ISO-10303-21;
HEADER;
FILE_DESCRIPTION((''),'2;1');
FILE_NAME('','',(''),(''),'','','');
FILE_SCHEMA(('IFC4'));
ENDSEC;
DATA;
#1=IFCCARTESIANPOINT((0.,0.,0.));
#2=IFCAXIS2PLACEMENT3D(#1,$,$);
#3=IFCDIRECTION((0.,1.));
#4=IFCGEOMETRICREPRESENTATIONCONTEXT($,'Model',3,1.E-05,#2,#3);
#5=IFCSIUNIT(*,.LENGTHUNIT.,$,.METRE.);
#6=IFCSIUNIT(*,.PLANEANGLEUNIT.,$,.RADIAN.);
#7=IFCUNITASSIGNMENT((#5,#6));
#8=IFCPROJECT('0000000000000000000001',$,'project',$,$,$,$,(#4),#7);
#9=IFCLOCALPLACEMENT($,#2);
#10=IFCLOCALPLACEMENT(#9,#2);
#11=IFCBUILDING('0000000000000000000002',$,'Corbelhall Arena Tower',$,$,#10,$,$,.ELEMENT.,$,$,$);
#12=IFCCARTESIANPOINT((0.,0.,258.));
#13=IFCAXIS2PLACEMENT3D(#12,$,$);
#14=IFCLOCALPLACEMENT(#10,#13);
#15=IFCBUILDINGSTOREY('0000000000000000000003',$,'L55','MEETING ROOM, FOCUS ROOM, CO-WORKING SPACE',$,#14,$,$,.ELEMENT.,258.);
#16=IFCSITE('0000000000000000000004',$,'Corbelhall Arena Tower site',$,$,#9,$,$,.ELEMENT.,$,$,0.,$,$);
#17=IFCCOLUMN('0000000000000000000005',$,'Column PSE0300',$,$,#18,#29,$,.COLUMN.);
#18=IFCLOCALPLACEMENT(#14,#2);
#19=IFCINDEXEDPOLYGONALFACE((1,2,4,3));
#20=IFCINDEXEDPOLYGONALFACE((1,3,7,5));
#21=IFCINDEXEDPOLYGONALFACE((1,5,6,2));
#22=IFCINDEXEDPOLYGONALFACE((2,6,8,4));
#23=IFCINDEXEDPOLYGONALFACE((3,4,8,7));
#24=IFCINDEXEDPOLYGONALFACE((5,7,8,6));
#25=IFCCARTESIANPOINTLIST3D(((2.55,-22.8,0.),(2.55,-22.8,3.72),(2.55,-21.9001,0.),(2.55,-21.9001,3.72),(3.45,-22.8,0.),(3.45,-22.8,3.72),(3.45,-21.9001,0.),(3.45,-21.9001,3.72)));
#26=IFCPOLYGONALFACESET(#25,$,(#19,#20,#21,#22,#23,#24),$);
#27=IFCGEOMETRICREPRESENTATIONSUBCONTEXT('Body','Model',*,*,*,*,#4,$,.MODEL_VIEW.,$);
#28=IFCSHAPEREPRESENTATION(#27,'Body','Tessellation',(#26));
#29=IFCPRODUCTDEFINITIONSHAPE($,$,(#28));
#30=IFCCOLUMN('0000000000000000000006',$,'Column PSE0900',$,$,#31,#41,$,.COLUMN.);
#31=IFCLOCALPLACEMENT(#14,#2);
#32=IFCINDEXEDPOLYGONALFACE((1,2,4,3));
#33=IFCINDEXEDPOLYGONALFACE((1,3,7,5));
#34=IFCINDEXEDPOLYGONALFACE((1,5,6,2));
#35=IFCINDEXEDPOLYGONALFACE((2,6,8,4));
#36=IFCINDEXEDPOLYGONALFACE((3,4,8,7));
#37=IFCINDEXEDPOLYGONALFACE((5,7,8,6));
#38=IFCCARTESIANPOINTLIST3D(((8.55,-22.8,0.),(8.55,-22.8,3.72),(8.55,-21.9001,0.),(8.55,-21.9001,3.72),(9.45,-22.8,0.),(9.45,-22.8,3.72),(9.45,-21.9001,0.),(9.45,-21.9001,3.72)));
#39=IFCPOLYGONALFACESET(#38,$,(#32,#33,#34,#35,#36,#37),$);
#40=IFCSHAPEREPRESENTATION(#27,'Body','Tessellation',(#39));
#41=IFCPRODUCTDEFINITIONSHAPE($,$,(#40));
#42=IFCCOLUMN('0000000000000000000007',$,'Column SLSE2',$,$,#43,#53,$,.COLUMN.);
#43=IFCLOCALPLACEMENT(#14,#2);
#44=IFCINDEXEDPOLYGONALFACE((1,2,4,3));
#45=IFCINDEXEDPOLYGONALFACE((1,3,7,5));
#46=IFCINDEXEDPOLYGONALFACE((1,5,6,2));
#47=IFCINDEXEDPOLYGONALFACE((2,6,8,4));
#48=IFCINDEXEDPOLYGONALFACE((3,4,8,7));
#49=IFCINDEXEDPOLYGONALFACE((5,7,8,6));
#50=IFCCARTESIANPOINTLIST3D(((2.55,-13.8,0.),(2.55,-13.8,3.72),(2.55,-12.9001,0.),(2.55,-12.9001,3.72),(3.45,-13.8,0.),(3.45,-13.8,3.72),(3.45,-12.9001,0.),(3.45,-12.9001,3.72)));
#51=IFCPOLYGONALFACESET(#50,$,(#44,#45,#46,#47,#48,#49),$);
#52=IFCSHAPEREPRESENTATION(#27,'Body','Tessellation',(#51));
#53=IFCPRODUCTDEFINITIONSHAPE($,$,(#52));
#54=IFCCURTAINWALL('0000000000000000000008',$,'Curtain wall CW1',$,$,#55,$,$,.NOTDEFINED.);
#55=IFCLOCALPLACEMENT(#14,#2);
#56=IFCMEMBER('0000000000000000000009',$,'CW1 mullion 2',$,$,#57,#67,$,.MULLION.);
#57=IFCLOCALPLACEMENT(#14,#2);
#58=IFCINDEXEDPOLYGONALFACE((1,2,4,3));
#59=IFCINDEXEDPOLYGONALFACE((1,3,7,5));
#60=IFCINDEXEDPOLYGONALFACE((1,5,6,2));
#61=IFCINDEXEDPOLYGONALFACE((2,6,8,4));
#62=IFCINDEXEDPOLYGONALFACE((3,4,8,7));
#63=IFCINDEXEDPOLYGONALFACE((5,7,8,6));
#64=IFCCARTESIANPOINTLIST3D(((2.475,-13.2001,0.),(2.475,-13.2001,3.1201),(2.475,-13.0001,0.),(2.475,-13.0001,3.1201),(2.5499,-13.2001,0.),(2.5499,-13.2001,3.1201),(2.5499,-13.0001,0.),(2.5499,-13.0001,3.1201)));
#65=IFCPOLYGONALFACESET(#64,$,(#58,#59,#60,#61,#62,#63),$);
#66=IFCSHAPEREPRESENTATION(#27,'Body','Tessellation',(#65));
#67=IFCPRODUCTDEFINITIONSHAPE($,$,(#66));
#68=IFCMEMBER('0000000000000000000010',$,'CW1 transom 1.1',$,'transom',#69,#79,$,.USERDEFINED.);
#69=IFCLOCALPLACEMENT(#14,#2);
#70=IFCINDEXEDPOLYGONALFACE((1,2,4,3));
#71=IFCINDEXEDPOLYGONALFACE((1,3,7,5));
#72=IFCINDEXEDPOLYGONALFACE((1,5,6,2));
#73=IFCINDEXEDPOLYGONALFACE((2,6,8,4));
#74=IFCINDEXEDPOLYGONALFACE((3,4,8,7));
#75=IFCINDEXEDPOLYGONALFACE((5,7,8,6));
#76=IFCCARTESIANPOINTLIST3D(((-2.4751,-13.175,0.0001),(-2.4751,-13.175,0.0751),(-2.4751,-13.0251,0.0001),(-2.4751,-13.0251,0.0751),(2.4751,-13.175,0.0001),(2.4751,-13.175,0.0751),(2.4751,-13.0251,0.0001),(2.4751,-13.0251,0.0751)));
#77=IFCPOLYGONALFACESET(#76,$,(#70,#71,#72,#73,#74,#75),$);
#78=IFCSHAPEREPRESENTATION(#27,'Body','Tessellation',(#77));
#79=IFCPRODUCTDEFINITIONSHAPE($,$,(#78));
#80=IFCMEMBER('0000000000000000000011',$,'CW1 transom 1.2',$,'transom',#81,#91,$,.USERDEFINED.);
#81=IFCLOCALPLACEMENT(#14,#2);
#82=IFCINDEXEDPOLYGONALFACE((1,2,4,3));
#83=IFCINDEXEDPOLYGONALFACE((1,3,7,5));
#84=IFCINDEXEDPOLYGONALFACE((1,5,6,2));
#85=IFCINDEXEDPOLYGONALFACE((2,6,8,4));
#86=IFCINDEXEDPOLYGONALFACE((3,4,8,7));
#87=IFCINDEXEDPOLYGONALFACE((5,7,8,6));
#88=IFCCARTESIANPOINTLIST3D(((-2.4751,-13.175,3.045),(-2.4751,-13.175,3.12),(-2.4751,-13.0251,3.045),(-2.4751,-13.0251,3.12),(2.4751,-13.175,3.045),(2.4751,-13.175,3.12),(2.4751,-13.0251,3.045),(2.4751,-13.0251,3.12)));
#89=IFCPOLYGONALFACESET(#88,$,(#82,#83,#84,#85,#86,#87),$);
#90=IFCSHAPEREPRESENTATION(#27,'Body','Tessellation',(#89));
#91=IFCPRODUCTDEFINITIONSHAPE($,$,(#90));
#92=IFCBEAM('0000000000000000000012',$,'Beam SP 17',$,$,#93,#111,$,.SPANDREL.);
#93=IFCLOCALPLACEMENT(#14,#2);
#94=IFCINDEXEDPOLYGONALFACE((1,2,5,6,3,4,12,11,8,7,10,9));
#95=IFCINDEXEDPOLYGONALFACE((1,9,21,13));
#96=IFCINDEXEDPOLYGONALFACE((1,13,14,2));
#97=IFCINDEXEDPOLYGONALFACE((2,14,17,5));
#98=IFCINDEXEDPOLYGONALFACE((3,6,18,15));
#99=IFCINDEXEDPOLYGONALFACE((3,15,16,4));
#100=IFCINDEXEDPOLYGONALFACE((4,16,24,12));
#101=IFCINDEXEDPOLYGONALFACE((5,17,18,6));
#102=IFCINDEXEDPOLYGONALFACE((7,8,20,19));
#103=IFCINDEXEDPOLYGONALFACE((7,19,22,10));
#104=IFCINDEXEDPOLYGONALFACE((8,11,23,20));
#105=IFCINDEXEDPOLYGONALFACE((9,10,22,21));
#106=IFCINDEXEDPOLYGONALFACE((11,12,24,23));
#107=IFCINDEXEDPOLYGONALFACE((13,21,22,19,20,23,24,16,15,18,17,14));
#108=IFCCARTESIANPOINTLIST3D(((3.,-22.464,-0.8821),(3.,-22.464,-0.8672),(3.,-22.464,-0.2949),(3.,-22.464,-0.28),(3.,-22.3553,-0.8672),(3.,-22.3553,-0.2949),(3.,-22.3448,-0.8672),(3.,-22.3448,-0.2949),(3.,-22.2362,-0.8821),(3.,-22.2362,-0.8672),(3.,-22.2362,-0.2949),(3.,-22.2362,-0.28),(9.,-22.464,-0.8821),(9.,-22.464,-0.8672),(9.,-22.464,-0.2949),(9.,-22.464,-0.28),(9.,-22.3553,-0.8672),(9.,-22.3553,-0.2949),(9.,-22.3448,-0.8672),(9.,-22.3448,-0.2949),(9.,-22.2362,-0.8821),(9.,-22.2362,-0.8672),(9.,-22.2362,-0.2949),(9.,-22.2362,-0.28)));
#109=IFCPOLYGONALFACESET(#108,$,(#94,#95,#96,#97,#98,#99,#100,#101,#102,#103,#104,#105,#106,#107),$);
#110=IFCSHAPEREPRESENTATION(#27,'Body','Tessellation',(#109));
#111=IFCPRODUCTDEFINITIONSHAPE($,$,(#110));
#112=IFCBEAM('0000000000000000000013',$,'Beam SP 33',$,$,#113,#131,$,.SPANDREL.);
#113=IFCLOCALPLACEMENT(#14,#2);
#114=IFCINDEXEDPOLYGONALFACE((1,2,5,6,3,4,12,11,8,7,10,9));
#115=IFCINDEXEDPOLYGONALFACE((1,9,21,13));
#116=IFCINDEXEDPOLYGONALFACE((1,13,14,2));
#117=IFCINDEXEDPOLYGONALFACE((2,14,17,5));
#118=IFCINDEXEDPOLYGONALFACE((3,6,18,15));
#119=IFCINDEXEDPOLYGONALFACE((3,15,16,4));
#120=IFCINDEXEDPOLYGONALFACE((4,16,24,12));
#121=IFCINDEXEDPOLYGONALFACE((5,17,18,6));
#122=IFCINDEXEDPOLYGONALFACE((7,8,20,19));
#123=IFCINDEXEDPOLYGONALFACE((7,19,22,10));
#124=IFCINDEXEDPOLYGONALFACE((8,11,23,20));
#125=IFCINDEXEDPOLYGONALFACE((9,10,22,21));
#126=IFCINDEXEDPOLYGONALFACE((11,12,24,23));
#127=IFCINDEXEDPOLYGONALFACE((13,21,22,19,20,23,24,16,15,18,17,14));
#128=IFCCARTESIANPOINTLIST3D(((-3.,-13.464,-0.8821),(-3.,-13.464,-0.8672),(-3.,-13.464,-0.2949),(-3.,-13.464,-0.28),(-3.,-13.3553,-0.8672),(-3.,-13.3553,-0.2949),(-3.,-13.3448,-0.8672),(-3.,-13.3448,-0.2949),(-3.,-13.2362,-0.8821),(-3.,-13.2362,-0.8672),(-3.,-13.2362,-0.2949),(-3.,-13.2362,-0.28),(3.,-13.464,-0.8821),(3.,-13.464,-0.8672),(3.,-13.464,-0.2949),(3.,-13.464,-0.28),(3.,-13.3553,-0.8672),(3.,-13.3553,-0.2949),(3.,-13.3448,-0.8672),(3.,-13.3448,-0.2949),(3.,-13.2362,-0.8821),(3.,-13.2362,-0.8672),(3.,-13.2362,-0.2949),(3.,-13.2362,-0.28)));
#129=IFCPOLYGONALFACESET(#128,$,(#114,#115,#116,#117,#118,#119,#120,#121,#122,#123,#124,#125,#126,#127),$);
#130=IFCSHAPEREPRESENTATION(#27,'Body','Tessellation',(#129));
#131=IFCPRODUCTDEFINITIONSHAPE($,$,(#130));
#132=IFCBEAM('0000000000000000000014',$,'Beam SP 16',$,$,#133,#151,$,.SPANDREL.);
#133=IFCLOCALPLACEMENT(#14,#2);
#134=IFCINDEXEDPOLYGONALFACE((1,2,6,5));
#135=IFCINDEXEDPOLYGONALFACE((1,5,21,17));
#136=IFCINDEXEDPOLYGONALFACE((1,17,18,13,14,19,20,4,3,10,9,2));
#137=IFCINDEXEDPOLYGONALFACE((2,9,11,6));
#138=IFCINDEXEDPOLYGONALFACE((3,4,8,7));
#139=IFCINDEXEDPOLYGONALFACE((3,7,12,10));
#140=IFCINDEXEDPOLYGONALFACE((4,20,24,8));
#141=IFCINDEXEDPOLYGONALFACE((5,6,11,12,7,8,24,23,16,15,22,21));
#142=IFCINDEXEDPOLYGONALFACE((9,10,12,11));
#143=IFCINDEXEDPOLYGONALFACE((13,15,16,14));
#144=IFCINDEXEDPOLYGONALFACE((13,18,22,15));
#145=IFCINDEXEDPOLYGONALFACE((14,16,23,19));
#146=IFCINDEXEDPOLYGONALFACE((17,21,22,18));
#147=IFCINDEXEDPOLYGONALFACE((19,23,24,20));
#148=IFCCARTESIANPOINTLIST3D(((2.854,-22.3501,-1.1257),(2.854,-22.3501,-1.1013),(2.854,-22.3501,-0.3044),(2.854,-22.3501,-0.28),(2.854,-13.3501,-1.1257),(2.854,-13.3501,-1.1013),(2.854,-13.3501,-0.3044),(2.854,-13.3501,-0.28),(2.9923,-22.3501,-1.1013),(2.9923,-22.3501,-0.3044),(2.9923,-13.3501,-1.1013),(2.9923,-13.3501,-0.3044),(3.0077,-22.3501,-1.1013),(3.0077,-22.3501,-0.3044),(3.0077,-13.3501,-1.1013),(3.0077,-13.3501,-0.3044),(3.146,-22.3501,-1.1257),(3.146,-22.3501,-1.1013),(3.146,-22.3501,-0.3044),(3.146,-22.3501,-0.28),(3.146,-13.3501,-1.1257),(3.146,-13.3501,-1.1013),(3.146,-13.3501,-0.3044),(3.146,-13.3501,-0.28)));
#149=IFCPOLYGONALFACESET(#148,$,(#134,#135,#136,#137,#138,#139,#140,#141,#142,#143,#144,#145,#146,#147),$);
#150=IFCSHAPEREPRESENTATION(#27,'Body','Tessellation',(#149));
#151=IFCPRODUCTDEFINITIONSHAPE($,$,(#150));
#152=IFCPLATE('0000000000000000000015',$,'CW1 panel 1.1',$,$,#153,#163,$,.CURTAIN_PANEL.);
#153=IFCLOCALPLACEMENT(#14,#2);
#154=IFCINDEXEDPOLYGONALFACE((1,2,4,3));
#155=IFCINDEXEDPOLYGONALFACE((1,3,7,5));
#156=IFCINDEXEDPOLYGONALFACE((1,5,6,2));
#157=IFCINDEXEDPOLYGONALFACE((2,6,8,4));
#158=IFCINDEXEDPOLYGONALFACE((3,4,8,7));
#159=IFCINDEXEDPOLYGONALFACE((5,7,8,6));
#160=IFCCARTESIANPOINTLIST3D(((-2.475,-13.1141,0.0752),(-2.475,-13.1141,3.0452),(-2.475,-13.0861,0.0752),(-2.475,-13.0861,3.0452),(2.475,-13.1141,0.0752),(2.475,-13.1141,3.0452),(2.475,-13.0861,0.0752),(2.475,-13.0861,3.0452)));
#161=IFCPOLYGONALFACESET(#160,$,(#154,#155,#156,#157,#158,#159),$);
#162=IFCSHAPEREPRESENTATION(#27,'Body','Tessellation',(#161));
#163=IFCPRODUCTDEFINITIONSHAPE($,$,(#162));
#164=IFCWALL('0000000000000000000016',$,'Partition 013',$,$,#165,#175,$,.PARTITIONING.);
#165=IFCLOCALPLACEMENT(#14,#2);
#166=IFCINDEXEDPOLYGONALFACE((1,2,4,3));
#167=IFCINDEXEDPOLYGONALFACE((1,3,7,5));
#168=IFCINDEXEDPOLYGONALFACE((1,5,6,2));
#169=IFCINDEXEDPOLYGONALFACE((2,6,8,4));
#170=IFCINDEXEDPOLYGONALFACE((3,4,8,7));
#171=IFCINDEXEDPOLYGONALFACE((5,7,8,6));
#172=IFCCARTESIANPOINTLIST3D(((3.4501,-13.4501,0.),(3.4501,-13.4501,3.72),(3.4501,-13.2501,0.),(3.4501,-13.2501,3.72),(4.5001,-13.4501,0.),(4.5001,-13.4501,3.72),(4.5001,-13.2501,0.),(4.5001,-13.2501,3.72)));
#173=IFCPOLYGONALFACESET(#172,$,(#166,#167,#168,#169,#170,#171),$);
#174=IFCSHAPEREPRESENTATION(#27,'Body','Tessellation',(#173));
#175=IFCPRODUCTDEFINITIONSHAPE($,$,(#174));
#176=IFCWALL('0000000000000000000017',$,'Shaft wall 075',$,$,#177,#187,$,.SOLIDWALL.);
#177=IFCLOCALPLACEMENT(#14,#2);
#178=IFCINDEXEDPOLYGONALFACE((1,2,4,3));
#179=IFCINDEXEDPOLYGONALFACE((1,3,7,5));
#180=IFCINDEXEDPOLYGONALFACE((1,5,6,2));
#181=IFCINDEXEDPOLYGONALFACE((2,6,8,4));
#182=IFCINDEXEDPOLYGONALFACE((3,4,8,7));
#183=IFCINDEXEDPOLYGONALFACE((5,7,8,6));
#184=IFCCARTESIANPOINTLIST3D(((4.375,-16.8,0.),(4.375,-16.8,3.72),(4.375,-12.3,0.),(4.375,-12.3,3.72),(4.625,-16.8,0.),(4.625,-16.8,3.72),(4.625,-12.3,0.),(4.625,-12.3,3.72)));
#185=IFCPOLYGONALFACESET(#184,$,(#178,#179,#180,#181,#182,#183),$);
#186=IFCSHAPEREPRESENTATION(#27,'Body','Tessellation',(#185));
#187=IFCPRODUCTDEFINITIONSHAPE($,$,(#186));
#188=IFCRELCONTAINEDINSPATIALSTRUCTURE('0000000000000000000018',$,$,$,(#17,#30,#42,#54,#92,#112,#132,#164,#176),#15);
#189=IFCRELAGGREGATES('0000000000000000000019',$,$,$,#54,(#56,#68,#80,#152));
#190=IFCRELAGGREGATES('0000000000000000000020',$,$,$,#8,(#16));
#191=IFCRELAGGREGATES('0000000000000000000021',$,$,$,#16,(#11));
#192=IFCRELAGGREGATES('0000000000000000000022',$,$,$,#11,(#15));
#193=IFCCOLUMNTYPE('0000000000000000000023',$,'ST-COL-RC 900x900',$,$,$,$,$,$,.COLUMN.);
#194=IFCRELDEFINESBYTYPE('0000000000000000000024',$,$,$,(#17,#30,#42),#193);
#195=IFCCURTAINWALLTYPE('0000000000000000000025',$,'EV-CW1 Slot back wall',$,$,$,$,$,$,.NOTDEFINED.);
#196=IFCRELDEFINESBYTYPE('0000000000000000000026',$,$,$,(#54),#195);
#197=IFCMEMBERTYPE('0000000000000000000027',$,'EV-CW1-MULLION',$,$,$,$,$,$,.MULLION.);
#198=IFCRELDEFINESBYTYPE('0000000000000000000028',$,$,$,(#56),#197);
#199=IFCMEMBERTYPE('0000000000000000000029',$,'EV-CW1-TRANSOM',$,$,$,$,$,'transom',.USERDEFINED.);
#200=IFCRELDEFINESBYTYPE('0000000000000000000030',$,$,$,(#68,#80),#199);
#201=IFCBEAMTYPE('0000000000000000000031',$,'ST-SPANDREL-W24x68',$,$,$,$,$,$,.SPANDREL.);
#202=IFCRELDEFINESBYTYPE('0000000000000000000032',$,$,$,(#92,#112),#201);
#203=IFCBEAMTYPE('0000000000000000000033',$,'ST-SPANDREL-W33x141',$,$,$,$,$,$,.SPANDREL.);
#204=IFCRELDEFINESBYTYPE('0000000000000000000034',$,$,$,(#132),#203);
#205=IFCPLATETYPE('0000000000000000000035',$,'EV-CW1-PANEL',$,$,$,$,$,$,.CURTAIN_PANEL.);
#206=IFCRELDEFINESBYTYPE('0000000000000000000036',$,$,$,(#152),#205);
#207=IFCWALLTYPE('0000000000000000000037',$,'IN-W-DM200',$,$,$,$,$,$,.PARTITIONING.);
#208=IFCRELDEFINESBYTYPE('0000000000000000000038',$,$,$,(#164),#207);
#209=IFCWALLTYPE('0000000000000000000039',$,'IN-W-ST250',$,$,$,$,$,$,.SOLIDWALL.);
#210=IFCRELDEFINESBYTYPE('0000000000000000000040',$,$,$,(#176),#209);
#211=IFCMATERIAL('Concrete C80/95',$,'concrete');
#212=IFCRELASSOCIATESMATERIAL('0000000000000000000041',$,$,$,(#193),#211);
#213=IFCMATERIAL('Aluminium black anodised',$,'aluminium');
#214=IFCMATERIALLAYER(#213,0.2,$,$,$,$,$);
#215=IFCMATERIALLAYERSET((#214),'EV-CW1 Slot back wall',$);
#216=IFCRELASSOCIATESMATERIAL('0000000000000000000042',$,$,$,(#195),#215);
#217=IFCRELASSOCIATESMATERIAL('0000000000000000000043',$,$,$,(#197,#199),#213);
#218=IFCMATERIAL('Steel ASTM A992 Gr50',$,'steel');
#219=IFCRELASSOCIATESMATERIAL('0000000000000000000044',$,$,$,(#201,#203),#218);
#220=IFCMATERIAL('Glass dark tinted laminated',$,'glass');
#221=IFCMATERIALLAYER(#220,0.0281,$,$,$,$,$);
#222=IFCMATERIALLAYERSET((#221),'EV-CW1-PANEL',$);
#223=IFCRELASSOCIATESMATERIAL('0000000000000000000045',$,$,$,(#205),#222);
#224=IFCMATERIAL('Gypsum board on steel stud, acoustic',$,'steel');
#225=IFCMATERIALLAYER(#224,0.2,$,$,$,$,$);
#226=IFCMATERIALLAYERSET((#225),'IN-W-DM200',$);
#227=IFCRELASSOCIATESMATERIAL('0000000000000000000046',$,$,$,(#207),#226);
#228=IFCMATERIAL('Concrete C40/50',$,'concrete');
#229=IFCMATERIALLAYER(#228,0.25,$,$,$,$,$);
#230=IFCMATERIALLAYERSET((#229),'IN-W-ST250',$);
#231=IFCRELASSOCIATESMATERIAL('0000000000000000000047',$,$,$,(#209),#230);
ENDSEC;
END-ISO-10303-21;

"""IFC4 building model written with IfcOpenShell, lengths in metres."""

from ifc_helpers import new_model, si_unit, direction, frame, frame_2d, origin, origin_2d, place, context, subcontext, project, spatial, rectangle, i_section, extrude, material, layer, layer_set, material_profile, profile_set, type_object, element, aggregate, save


model = new_model("IFC4")

# Units and contexts
model_context = context("Model", 3, precision=1e-05, world=origin(), true_north=direction((0.0, 1.0)))
body_context = subcontext(model_context, "Body", "Model", "MODEL_VIEW")
ifc_project = project(units=[si_unit("LENGTHUNIT", "METRE"), si_unit("PLANEANGLEUNIT", "RADIAN")], contexts=[model_context])

# Site, building, storey
site_placement = place(None, origin())
site = spatial("IfcSite", under=ifc_project, at=site_placement, Name="Corbelhall Arena Tower site", CompositionType="ELEMENT", RefElevation=0.0)
building_placement = place(site_placement, origin())
building = spatial("IfcBuilding", under=site, at=building_placement, Name="Corbelhall Arena Tower", CompositionType="ELEMENT")
storey_placement = place(building_placement, frame((0.0, 0.0, 258.0)))
storey = spatial("IfcBuildingStorey", under=building, at=storey_placement, Name="L55", Description="MEETING ROOM, FOCUS ROOM, CO-WORKING SPACE", CompositionType="ELEMENT", Elevation=258.0)

# Columns
ifc_material_1 = material(Name="Concrete C80/95", Category="concrete")
ifc_material_profile_1 = material_profile(ifc_material_1, rectangle(XDim=0.8999, YDim=0.8999, at=origin_2d()))
ifc_profile_set_1 = profile_set([ifc_material_profile_1], Name="Concrete C80/95")
column_type = type_object("IfcColumnType", Name="ST-COL-RC 900x900", PredefinedType="COLUMN", material=ifc_profile_set_1)
for number, where, z_axis, x_axis, name in (
    (1, (3.0, -22.3501, 0.0), (0.0, 0.0, 1.0), (1.0, 0.0, 0.0), "Column PSE0300"),
    (2, (9.0, -22.3501, 0.0), (0.0, 0.0, 1.0), (1.0, 0.0, 0.0), "Column PSE0900"),
    (3, (3.0, -13.3501, 0.0), (0.0, 0.0, 1.0), (1.0, 0.0, 0.0), "Column SLSE2"),
):
    element("IfcColumn", number, at=place(storey_placement, frame(where, z_axis=z_axis, x_axis=x_axis)), inside=storey, type_object=column_type, Name=name, PredefinedType="COLUMN", context=body_context, shape_type="SweptSolid", body=[
        extrude(rectangle(XDim=0.8999, YDim=0.8999, at=origin_2d()), origin(), (0.0, 0.0, 1.0), 3.72),
    ])

# Curtain wall, members
ifc_material_2 = material(Name="Aluminium black anodised", Category="aluminium")
ifc_layer_1 = layer(ifc_material_2, 0.2)
ifc_layer_set_1 = layer_set([ifc_layer_1], Name="EV-CW1 Slot back wall")
curtain_wall_type = type_object("IfcCurtainWallType", Name="EV-CW1 Slot back wall", PredefinedType="NOTDEFINED", material=ifc_layer_set_1)
curtain_wall_placement = place(storey_placement, origin())
curtain_wall = element("IfcCurtainWall", 4, at=curtain_wall_placement, inside=storey, type_object=curtain_wall_type, Name="Curtain wall CW1", PredefinedType="NOTDEFINED")
ifc_material_profile_2 = material_profile(ifc_material_2, rectangle(XDim=0.2, YDim=0.075, at=origin_2d()))
ifc_profile_set_2 = profile_set([ifc_material_profile_2], Name="Aluminium black anodised")
member_type_1 = type_object("IfcMemberType", Name="EV-CW1-MULLION", PredefinedType="MULLION", material=ifc_profile_set_2)
member_1_placement = place(storey_placement, frame((2.5125, -13.1001, 0.0), z_axis=(0.0, 0.0, 1.0), x_axis=(0.0, 1.0, 0.0)))
member_1 = element("IfcMember", 5, at=member_1_placement, type_object=member_type_1, Name="CW1 mullion 2", PredefinedType="MULLION", context=body_context, shape_type="SweptSolid", body=[
    extrude(rectangle(XDim=0.2, YDim=0.075, at=origin_2d()), origin(), (0.0, 0.0, 1.0), 3.1201),
])
ifc_material_profile_3 = material_profile(ifc_material_2, rectangle(XDim=0.1499, YDim=0.075, at=origin_2d()))
ifc_profile_set_3 = profile_set([ifc_material_profile_3], Name="Aluminium black anodised")
member_type_2 = type_object("IfcMemberType", Name="EV-CW1-TRANSOM", ElementType="transom", PredefinedType="USERDEFINED", material=ifc_profile_set_3)
member_2_placement = place(storey_placement, frame((-2.4751, -13.1001, 0.0376), z_axis=(1.0, 0.0, 0.0), x_axis=(0.0, 1.0, 0.0)))
member_2 = element("IfcMember", 6, at=member_2_placement, type_object=member_type_2, Name="CW1 transom 1.1", ObjectType="transom", PredefinedType="USERDEFINED", context=body_context, shape_type="SweptSolid", body=[
    extrude(rectangle(XDim=0.1499, YDim=0.075, at=origin_2d()), origin(), (0.0, 0.0, 1.0), 4.9502),
])
member_3_placement = place(storey_placement, frame((-2.4751, -13.1001, 3.0825), z_axis=(1.0, 0.0, 0.0), x_axis=(0.0, 1.0, 0.0)))
member_3 = element("IfcMember", 7, at=member_3_placement, type_object=member_type_2, Name="CW1 transom 1.2", ObjectType="transom", PredefinedType="USERDEFINED", context=body_context, shape_type="SweptSolid", body=[
    extrude(rectangle(XDim=0.1499, YDim=0.075, at=origin_2d()), origin(), (0.0, 0.0, 1.0), 4.9502),
])

# Beams
ifc_material_3 = material(Name="Steel ASTM A992 Gr50", Category="steel")
ifc_material_profile_4 = material_profile(ifc_material_3, i_section(OverallWidth=0.2278, OverallDepth=0.6021, WebThickness=0.0105, FlangeThickness=0.0149, at=origin_2d()))
ifc_profile_set_4 = profile_set([ifc_material_profile_4], Name="Steel ASTM A992 Gr50")
beam_type_1 = type_object("IfcBeamType", Name="ST-SPANDREL-W24x68", PredefinedType="SPANDREL", material=ifc_profile_set_4)
for number, where, z_axis, x_axis, name in (
    (8, (9.0, -22.3501, -0.5811), (-1.0, 0.0, 0.0), (0.0, -1.0, 0.0), "Beam SP 17"),
    (9, (3.0, -13.3501, -0.5811), (-1.0, 0.0, 0.0), (0.0, -1.0, 0.0), "Beam SP 33"),
):
    element("IfcBeam", number, at=place(storey_placement, frame(where, z_axis=z_axis, x_axis=x_axis)), inside=storey, type_object=beam_type_1, Name=name, PredefinedType="SPANDREL", context=body_context, shape_type="SweptSolid", body=[
        extrude(i_section(OverallWidth=0.2278, OverallDepth=0.6021, WebThickness=0.0105, FlangeThickness=0.0149, at=origin_2d()), origin(), (0.0, 0.0, 1.0), 6.0),
    ])
ifc_material_profile_5 = material_profile(ifc_material_3, i_section(OverallWidth=0.292, OverallDepth=0.8457, WebThickness=0.0154, FlangeThickness=0.0244, at=origin_2d()))
ifc_profile_set_5 = profile_set([ifc_material_profile_5], Name="Steel ASTM A992 Gr50")
beam_type_2 = type_object("IfcBeamType", Name="ST-SPANDREL-W33x141", PredefinedType="SPANDREL", material=ifc_profile_set_5)
beam_placement = place(storey_placement, frame((3.0, -22.3501, -0.7029), z_axis=(0.0, 1.0, 0.0), x_axis=(-1.0, 0.0, 0.0)))
element("IfcBeam", 10, at=beam_placement, inside=storey, type_object=beam_type_2, Name="Beam SP 16", PredefinedType="SPANDREL", context=body_context, shape_type="SweptSolid", body=[
    extrude(i_section(OverallWidth=0.292, OverallDepth=0.8457, WebThickness=0.0154, FlangeThickness=0.0244, at=origin_2d()), origin(), (0.0, 0.0, 1.0), 9.0),
])

# Plate
ifc_material_4 = material(Name="Glass dark tinted laminated", Category="glass")
ifc_layer_2 = layer(ifc_material_4, 0.0281)
ifc_layer_set_2 = layer_set([ifc_layer_2], Name="EV-CW1-PANEL")
plate_type = type_object("IfcPlateType", Name="EV-CW1-PANEL", PredefinedType="CURTAIN_PANEL", material=ifc_layer_set_2)
plate_placement = place(storey_placement, frame((0.0, -13.1001, 0.0752), z_axis=(0.0, 0.0, 1.0), x_axis=(1.0, 0.0, 0.0)))
plate = element("IfcPlate", 11, at=plate_placement, type_object=plate_type, Name="CW1 panel 1.1", PredefinedType="CURTAIN_PANEL", context=body_context, shape_type="SweptSolid", body=[
    extrude(rectangle(XDim=4.95, YDim=0.0281, at=origin_2d()), origin(), (0.0, 0.0, 1.0), 2.97),
])
aggregate(curtain_wall, [member_1, member_2, member_3, plate])

# Wall
ifc_material_5 = material(Name="Gypsum board on steel stud, acoustic", Category="steel")
ifc_layer_3 = layer(ifc_material_5, 0.2)
ifc_layer_set_3 = layer_set([ifc_layer_3], Name="IN-W-DM200")
wall_type_1 = type_object("IfcWallType", Name="IN-W-DM200", PredefinedType="PARTITIONING", material=ifc_layer_set_3)
wall_1_placement = place(storey_placement, frame((4.5, -13.3501, 0.0), z_axis=(0.0, 0.0, 1.0), x_axis=(-1.0, 0.0, 0.0)))
element("IfcWall", 12, at=wall_1_placement, inside=storey, type_object=wall_type_1, Name="Partition 013", PredefinedType="PARTITIONING", context=body_context, shape_type="SweptSolid", body=[
    extrude(rectangle(XDim=1.05, YDim=0.2, at=frame_2d((0.5249, 0.0))), origin(), (0.0, 0.0, 1.0), 3.72),
])

# Wall
ifc_material_6 = material(Name="Concrete C40/50", Category="concrete")
ifc_layer_4 = layer(ifc_material_6, 0.25)
ifc_layer_set_4 = layer_set([ifc_layer_4], Name="IN-W-ST250")
wall_type_2 = type_object("IfcWallType", Name="IN-W-ST250", PredefinedType="SOLIDWALL", material=ifc_layer_set_4)
wall_2_placement = place(storey_placement, frame((4.5, -16.8, 0.0), z_axis=(0.0, 0.0, 1.0), x_axis=(0.0, 1.0, 0.0)))
element("IfcWall", 13, at=wall_2_placement, inside=storey, type_object=wall_type_2, Name="Shaft wall 075", PredefinedType="SOLIDWALL", context=body_context, shape_type="SweptSolid", body=[
    extrude(rectangle(XDim=4.5, YDim=0.25, at=frame_2d((2.25, 0.0))), origin(), (0.0, 0.0, 1.0), 3.72),
])

save(model, "model.ifc")
